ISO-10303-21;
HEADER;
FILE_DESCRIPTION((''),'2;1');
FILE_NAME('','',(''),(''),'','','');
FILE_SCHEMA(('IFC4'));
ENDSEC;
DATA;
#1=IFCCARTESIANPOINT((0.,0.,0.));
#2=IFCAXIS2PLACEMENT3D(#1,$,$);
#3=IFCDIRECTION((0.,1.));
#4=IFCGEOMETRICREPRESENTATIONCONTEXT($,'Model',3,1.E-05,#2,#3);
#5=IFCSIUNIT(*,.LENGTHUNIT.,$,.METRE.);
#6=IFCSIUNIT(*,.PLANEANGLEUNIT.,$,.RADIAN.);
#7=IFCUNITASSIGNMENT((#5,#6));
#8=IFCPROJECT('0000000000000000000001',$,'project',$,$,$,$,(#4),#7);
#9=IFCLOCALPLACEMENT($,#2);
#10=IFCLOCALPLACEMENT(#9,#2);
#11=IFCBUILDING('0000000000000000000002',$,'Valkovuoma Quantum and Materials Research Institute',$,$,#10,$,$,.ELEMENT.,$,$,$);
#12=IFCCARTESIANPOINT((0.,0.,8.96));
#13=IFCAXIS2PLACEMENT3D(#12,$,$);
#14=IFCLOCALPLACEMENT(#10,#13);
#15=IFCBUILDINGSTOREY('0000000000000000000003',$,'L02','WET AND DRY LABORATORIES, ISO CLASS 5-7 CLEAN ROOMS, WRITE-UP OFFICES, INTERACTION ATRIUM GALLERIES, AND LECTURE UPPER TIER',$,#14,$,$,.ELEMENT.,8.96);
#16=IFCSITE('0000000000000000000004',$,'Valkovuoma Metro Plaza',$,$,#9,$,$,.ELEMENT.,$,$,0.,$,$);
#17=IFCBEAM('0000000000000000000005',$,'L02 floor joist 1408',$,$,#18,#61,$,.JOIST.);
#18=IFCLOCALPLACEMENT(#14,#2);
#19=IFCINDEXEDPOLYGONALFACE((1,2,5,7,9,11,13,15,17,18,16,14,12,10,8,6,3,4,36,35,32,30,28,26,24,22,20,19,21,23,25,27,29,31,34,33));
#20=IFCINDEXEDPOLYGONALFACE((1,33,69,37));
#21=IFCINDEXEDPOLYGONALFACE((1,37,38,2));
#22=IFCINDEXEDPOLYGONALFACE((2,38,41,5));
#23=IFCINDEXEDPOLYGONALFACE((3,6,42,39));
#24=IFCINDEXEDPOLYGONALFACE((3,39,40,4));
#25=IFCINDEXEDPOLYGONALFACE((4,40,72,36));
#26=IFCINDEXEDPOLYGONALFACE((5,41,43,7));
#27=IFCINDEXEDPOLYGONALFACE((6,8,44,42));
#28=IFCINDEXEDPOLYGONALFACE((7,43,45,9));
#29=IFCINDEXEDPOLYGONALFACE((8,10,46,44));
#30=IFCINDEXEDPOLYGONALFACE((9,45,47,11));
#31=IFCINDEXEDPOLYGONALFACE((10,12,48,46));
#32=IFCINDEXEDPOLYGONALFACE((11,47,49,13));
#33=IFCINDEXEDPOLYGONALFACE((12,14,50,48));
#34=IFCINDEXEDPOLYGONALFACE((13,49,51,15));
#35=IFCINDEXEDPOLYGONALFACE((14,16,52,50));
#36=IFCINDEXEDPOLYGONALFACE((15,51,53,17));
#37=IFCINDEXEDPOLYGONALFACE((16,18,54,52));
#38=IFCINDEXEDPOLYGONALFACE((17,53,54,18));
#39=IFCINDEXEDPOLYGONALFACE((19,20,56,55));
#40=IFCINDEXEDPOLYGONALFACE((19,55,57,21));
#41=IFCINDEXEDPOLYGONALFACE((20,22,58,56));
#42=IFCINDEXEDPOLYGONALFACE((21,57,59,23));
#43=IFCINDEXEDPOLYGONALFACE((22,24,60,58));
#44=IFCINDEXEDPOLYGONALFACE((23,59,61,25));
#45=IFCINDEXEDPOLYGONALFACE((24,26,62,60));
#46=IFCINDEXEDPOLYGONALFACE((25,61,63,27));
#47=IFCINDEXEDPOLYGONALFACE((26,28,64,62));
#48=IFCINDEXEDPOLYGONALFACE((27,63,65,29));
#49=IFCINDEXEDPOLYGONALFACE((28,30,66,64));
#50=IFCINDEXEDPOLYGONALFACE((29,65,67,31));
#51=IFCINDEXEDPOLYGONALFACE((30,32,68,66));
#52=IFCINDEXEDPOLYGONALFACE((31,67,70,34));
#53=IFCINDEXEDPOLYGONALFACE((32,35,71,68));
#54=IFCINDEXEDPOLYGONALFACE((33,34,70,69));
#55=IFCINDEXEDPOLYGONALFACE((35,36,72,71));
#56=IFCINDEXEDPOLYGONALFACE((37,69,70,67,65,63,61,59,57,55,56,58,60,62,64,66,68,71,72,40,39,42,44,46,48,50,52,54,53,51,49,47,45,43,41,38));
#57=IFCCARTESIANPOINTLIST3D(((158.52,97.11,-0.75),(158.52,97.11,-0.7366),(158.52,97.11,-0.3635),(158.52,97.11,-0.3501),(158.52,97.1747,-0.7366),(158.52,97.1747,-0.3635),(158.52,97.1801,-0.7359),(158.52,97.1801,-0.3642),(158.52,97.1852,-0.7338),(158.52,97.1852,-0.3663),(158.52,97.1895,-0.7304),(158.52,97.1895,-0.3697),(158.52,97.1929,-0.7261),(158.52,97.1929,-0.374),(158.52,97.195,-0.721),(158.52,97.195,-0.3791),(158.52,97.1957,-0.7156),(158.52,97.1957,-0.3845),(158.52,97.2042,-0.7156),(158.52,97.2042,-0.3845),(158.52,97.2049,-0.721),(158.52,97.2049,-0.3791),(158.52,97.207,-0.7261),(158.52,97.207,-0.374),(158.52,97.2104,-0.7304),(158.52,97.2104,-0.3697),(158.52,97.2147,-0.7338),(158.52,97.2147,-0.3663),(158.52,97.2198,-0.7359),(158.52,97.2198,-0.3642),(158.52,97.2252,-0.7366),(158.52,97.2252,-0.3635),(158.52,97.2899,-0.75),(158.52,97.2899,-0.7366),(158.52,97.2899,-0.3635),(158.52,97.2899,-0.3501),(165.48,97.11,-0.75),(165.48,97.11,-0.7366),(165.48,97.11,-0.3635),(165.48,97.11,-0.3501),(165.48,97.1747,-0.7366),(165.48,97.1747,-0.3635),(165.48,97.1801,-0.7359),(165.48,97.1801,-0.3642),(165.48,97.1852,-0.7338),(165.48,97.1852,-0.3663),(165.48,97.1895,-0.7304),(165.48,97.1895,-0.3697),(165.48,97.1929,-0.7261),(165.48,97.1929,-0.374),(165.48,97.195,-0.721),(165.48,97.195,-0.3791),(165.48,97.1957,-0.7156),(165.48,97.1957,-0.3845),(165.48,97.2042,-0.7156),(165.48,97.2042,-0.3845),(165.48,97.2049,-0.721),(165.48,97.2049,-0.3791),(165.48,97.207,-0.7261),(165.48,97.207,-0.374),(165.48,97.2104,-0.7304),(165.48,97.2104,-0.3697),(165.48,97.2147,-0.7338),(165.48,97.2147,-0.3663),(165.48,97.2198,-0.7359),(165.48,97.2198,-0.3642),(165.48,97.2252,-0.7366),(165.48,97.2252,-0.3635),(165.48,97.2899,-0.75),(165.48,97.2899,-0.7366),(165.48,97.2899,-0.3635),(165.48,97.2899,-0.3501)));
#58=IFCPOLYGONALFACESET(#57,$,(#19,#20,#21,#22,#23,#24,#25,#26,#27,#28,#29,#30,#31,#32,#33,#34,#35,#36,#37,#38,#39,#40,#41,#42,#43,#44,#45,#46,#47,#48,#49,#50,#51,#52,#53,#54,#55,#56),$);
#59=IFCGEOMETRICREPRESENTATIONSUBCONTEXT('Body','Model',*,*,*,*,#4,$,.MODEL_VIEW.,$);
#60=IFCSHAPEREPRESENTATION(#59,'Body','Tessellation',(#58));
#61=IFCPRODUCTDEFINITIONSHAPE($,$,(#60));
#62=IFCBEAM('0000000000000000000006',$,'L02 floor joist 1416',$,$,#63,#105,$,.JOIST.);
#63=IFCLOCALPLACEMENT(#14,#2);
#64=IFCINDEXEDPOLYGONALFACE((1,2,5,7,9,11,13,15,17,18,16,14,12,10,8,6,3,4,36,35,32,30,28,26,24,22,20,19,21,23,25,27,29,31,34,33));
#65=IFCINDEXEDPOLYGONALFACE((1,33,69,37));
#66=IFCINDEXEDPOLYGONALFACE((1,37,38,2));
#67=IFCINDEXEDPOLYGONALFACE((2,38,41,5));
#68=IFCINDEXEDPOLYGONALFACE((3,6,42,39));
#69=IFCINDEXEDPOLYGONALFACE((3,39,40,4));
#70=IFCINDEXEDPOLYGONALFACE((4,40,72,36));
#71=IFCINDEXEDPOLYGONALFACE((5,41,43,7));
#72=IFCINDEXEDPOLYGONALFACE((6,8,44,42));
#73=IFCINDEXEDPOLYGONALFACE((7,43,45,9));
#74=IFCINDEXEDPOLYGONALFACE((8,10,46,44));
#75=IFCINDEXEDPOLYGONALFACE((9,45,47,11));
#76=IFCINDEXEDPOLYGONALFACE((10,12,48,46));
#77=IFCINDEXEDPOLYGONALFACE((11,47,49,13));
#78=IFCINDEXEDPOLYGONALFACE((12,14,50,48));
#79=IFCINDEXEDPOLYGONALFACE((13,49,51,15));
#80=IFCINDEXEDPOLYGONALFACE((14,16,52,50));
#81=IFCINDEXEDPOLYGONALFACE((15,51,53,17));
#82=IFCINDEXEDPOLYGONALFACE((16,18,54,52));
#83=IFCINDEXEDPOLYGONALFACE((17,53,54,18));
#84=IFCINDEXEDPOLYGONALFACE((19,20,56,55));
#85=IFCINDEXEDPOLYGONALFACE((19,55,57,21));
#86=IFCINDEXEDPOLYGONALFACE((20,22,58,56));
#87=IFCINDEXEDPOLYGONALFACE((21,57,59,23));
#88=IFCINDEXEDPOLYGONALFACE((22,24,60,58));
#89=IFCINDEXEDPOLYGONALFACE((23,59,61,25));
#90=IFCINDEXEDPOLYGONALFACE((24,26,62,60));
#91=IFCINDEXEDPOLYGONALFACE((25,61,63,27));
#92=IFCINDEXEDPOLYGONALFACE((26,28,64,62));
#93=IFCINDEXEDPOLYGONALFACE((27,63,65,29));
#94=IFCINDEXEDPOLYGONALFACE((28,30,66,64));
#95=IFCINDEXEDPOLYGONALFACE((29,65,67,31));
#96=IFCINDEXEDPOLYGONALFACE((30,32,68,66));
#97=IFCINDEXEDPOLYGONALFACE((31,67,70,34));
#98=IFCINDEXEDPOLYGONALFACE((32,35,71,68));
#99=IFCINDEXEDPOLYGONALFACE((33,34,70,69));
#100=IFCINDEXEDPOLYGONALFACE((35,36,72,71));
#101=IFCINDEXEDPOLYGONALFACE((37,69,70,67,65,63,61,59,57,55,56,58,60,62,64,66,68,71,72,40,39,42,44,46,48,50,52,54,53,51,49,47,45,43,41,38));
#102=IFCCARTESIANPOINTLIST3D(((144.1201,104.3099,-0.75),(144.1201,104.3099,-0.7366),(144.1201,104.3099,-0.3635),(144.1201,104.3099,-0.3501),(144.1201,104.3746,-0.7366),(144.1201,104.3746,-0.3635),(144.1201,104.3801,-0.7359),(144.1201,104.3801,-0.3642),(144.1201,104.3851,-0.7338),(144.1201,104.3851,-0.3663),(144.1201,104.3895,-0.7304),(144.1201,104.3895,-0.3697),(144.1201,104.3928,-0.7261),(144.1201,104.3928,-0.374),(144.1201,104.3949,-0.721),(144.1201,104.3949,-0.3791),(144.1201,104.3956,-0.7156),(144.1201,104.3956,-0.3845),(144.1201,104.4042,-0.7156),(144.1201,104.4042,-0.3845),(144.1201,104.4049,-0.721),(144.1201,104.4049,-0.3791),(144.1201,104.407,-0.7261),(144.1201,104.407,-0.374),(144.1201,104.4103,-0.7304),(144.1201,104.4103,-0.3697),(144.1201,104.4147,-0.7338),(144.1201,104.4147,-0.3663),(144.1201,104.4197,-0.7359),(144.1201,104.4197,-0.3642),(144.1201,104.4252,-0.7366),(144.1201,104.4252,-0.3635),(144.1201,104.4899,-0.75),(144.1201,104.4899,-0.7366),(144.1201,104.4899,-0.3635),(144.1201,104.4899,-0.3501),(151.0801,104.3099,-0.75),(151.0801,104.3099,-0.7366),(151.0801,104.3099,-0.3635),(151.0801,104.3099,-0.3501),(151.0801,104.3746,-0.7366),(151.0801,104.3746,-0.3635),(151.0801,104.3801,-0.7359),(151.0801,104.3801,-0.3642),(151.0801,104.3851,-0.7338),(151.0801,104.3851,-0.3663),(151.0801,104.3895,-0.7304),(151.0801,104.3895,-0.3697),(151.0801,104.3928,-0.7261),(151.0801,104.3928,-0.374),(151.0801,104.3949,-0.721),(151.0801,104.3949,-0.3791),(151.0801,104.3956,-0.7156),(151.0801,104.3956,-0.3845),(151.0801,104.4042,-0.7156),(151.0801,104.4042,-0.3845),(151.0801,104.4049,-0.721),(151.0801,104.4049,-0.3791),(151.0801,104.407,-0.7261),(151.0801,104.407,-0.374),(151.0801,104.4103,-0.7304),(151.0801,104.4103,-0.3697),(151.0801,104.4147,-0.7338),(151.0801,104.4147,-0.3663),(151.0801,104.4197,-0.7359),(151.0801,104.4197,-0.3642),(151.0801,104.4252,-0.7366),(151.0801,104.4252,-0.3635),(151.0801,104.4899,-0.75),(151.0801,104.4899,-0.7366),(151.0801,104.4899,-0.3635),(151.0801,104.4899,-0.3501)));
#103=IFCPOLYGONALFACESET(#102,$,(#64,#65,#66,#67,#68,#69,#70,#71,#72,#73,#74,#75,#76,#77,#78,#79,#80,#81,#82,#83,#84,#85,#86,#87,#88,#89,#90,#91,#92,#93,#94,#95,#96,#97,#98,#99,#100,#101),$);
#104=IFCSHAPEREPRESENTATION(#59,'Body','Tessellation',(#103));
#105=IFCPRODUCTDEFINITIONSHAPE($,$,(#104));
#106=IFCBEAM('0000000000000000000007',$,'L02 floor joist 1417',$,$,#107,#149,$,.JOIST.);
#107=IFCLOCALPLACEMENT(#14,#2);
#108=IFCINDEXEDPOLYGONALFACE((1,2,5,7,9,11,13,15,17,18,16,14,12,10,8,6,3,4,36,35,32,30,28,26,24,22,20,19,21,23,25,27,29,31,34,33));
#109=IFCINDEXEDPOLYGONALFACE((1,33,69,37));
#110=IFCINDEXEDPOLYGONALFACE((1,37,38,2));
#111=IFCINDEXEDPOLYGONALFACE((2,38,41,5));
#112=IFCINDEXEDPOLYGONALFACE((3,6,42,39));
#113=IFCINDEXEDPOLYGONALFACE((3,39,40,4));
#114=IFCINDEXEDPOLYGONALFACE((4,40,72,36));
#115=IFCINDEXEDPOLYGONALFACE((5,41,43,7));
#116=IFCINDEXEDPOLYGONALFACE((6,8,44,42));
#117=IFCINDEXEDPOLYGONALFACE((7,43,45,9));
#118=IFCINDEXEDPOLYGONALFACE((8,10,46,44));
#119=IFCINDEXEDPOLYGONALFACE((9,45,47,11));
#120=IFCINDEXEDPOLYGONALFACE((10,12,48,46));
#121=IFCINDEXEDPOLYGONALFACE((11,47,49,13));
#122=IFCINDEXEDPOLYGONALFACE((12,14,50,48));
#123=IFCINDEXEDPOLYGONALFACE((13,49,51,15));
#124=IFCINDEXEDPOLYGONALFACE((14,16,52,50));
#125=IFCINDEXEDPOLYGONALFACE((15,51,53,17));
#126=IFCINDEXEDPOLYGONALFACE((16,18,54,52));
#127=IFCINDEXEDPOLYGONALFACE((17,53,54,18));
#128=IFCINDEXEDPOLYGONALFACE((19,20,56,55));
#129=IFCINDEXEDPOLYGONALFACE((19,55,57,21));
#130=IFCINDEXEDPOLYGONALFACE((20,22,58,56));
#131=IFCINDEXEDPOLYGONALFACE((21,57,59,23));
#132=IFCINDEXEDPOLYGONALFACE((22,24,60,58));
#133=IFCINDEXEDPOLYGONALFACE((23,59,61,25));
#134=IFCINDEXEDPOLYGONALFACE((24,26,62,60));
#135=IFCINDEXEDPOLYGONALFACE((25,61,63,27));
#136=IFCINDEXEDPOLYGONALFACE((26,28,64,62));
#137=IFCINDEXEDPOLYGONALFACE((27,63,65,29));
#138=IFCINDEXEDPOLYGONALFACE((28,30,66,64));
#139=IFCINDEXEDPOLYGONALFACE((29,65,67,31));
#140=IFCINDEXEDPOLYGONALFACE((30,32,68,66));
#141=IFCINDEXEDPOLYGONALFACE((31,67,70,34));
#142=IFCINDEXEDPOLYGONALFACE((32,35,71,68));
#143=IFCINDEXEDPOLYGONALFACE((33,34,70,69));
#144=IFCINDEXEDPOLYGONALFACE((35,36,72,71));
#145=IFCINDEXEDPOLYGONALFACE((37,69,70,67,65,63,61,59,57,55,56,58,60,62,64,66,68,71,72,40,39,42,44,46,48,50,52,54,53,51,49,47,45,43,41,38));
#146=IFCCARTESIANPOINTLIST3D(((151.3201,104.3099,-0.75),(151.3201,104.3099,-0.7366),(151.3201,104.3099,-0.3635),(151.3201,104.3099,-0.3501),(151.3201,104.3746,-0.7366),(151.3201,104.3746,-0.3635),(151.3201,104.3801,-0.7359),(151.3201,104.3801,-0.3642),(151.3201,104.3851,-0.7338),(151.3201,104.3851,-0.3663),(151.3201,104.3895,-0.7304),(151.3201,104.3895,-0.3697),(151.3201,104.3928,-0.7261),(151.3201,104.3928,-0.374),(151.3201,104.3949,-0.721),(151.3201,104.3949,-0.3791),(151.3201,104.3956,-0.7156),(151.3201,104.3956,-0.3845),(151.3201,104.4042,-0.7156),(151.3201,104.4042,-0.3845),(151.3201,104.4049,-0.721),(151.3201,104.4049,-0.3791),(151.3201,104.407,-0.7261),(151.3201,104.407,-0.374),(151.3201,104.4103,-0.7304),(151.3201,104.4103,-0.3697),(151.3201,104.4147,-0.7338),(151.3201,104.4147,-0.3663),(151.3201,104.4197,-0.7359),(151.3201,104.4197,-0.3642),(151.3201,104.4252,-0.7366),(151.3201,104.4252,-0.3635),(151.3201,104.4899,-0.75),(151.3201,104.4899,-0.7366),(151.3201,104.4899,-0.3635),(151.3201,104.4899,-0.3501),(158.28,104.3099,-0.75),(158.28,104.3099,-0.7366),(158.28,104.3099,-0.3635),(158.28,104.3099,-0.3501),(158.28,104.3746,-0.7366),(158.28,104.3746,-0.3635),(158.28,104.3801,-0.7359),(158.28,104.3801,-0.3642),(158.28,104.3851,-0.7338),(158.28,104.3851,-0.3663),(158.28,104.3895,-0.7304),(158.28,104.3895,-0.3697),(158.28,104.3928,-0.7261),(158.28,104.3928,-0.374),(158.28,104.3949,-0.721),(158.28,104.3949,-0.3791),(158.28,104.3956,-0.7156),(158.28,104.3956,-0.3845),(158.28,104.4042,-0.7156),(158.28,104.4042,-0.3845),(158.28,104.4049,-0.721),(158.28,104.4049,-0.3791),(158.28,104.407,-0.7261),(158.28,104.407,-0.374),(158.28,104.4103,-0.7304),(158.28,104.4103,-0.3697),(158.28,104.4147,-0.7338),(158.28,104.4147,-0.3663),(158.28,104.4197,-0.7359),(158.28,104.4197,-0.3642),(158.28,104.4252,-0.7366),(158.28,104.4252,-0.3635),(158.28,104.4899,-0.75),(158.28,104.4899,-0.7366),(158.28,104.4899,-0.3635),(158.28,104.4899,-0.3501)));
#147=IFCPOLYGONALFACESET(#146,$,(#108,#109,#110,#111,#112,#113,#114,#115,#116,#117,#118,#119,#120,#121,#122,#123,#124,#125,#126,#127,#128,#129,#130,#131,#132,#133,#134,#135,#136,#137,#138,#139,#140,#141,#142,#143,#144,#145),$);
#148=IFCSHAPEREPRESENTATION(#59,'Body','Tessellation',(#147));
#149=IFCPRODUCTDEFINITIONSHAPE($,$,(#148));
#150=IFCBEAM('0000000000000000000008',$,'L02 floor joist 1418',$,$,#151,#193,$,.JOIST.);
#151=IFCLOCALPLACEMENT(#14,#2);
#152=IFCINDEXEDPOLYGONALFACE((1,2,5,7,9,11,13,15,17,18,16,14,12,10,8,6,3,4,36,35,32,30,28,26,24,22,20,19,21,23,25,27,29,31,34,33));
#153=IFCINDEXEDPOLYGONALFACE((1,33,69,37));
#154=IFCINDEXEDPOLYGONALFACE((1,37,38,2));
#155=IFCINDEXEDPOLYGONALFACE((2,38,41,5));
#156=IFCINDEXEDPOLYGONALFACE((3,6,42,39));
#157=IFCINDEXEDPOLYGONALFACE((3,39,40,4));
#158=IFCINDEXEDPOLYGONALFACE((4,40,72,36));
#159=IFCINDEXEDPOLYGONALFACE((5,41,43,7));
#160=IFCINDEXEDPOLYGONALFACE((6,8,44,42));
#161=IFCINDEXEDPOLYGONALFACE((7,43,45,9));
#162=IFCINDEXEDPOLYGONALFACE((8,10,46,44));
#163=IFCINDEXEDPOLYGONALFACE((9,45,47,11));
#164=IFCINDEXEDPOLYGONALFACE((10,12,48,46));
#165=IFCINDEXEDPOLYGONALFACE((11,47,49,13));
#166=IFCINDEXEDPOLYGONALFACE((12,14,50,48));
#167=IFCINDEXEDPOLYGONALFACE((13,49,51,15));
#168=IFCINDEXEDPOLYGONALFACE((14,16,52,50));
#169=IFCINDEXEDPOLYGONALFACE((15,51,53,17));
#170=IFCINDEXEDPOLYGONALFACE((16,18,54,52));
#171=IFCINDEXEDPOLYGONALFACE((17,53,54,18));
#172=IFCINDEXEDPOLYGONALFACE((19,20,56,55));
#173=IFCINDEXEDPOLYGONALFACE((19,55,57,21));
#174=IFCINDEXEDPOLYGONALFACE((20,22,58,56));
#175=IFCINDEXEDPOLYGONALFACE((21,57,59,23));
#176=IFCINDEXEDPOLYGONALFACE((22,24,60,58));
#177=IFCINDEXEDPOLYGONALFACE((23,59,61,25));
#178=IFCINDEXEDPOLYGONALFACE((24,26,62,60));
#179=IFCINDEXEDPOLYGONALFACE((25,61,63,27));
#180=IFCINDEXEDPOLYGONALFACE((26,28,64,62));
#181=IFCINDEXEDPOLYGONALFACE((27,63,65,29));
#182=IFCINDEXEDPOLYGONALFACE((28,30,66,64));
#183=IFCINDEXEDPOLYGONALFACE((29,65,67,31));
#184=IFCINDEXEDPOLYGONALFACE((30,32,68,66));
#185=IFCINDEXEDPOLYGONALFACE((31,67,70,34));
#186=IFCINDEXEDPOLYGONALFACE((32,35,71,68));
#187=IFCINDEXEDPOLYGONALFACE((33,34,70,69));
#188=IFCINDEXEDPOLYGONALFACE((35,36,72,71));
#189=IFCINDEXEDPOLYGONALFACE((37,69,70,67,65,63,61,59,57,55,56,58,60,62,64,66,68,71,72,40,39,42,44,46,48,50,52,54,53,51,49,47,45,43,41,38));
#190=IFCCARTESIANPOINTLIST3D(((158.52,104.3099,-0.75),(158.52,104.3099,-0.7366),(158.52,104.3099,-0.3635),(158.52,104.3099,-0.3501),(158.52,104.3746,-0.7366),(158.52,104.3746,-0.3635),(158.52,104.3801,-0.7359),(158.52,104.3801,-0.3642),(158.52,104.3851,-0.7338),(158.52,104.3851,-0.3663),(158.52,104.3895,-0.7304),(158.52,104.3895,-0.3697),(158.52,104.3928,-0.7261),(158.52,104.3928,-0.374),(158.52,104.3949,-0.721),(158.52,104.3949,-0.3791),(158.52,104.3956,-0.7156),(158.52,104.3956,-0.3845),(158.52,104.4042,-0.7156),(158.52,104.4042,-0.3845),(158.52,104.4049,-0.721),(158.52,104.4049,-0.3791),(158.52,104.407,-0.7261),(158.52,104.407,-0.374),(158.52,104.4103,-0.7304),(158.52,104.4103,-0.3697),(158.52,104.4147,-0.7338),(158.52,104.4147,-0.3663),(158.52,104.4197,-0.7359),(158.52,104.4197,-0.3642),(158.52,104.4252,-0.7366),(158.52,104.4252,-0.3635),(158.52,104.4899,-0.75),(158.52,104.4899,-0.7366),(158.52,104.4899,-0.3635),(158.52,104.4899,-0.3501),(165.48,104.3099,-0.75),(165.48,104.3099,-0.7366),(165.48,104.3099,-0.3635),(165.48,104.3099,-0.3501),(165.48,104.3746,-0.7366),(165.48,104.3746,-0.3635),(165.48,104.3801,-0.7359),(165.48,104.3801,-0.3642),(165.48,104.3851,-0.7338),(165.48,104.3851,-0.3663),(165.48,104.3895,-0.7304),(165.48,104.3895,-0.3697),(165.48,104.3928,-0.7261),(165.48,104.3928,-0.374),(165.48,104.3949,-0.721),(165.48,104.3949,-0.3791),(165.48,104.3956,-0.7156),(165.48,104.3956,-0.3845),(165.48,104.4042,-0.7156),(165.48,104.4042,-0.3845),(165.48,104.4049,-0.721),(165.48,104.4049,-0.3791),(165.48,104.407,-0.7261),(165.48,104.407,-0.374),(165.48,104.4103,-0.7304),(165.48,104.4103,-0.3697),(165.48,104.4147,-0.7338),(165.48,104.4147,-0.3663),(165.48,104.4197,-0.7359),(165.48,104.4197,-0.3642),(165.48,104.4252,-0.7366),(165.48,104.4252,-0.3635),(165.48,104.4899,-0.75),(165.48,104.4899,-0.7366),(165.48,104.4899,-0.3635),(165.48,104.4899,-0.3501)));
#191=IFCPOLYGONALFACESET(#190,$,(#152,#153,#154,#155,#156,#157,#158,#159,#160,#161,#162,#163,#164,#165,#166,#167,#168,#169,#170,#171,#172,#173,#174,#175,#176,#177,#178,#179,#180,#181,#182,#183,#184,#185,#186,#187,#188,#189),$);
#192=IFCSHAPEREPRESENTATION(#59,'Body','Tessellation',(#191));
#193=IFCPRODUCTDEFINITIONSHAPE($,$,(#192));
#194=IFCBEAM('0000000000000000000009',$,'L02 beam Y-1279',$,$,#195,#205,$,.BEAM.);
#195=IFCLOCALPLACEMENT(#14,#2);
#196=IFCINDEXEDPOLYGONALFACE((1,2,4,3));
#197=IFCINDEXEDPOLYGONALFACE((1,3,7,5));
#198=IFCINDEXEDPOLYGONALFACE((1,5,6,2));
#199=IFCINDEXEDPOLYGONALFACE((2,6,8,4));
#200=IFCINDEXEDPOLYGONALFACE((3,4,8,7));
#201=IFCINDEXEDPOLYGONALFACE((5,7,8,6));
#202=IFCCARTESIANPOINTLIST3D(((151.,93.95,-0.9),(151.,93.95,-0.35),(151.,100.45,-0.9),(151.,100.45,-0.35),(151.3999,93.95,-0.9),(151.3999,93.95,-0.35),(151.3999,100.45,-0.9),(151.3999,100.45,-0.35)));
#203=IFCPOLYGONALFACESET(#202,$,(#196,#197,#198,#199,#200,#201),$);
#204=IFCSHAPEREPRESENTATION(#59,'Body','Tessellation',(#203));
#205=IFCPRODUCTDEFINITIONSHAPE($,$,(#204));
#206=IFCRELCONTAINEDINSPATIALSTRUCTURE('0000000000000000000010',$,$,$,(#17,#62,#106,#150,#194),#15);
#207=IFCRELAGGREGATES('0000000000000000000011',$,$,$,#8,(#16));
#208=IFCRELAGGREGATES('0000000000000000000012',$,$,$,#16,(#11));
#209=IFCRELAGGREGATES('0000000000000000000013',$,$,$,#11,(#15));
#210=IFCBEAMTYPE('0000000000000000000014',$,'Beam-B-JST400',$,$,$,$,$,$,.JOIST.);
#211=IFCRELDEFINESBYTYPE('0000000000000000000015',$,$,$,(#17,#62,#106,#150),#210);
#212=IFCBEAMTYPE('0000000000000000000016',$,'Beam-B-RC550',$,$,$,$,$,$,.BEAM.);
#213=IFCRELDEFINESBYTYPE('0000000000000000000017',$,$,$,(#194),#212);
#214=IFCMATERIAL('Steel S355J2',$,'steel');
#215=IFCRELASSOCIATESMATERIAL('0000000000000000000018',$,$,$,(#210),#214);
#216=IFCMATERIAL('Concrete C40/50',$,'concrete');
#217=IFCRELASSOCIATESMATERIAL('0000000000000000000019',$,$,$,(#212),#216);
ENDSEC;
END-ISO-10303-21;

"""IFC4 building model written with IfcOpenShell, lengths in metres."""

from ifc_helpers import new_model, si_unit, direction, frame, origin, origin_2d, place, context, subcontext, project, spatial, rectangle, i_section, extrude, material, material_profile, profile_set, type_object, element, save


model = new_model("IFC4")

# Units and contexts
model_context = context("Model", 3, precision=1e-05, world=origin(), true_north=direction((0.0, 1.0)))
body_context = subcontext(model_context, "Body", "Model", "MODEL_VIEW")
ifc_project = project(units=[si_unit("LENGTHUNIT", "METRE"), si_unit("PLANEANGLEUNIT", "RADIAN")], contexts=[model_context])

# Site, building, storey
site_placement = place(None, origin())
site = spatial("IfcSite", under=ifc_project, at=site_placement, Name="Valkovuoma Metro Plaza", CompositionType="ELEMENT", RefElevation=0.0)
building_placement = place(site_placement, origin())
building = spatial("IfcBuilding", under=site, at=building_placement, Name="Valkovuoma Quantum and Materials Research Institute", CompositionType="ELEMENT")
storey_placement = place(building_placement, frame((0.0, 0.0, 8.96)))
storey = spatial("IfcBuildingStorey", under=building, at=storey_placement, Name="L02", Description="WET AND DRY LABORATORIES, ISO CLASS 5-7 CLEAN ROOMS, WRITE-UP OFFICES, INTERACTION ATRIUM GALLERIES, AND LECTURE UPPER TIER", CompositionType="ELEMENT", Elevation=8.96)

# Beams
ifc_material_1 = material(Name="Steel S355J2", Category="steel")
ifc_material_profile_1 = material_profile(ifc_material_1, i_section(OverallWidth=0.1799, OverallDepth=0.3999, WebThickness=0.0085, FlangeThickness=0.0134, FilletRadius=0.021, at=origin_2d()), Name="Steel S355J2")
ifc_profile_set_1 = profile_set([ifc_material_profile_1], Name="Steel S355J2")
beam_type_1 = type_object("IfcBeamType", Name="Beam-B-JST400", PredefinedType="JOIST", material=ifc_profile_set_1)
for number, where, z_axis, x_axis, name in (
    (1, (158.52, 97.2, -0.55), (1.0, 0.0, 0.0), (0.0, 1.0, 0.0), "L02 floor joist 1408"),
    (2, (144.1201, 104.3999, -0.55), (1.0, 0.0, 0.0), (0.0, 1.0, 0.0), "L02 floor joist 1416"),
    (3, (151.3201, 104.3999, -0.55), (1.0, 0.0, 0.0), (0.0, 1.0, 0.0), "L02 floor joist 1417"),
    (4, (158.52, 104.3999, -0.55), (1.0, 0.0, 0.0), (0.0, 1.0, 0.0), "L02 floor joist 1418"),
):
    element("IfcBeam", number, at=place(storey_placement, frame(where, z_axis=z_axis, x_axis=x_axis)), inside=storey, type_object=beam_type_1, Name=name, PredefinedType="JOIST", context=body_context, shape_type="SweptSolid", body=[
        extrude(i_section(OverallWidth=0.1799, OverallDepth=0.3999, WebThickness=0.0085, FlangeThickness=0.0134, FilletRadius=0.021, at=origin_2d()), origin(), (0.0, 0.0, 1.0), 6.96),
    ])
ifc_material_2 = material(Name="Concrete C40/50", Category="concrete")
ifc_material_profile_2 = material_profile(ifc_material_2, rectangle(XDim=0.3999, YDim=0.55, at=origin_2d()), Name="Concrete C40/50")
ifc_profile_set_2 = profile_set([ifc_material_profile_2], Name="Concrete C40/50")
beam_type_2 = type_object("IfcBeamType", Name="Beam-B-RC550", PredefinedType="BEAM", material=ifc_profile_set_2)
for number, where, z_axis, x_axis, name in (
    (5, (151.2, 93.95, -0.625), (0.0, 1.0, 0.0), (-1.0, 0.0, 0.0), "L02 beam Y-1279"),
):
    element("IfcBeam", number, at=place(storey_placement, frame(where, z_axis=z_axis, x_axis=x_axis)), inside=storey, type_object=beam_type_2, Name=name, PredefinedType="BEAM", context=body_context, shape_type="SweptSolid", body=[
        extrude(rectangle(XDim=0.3999, YDim=0.55, at=origin_2d()), origin(), (0.0, 0.0, 1.0), 6.5),
    ])

save(model, "model.ifc")
